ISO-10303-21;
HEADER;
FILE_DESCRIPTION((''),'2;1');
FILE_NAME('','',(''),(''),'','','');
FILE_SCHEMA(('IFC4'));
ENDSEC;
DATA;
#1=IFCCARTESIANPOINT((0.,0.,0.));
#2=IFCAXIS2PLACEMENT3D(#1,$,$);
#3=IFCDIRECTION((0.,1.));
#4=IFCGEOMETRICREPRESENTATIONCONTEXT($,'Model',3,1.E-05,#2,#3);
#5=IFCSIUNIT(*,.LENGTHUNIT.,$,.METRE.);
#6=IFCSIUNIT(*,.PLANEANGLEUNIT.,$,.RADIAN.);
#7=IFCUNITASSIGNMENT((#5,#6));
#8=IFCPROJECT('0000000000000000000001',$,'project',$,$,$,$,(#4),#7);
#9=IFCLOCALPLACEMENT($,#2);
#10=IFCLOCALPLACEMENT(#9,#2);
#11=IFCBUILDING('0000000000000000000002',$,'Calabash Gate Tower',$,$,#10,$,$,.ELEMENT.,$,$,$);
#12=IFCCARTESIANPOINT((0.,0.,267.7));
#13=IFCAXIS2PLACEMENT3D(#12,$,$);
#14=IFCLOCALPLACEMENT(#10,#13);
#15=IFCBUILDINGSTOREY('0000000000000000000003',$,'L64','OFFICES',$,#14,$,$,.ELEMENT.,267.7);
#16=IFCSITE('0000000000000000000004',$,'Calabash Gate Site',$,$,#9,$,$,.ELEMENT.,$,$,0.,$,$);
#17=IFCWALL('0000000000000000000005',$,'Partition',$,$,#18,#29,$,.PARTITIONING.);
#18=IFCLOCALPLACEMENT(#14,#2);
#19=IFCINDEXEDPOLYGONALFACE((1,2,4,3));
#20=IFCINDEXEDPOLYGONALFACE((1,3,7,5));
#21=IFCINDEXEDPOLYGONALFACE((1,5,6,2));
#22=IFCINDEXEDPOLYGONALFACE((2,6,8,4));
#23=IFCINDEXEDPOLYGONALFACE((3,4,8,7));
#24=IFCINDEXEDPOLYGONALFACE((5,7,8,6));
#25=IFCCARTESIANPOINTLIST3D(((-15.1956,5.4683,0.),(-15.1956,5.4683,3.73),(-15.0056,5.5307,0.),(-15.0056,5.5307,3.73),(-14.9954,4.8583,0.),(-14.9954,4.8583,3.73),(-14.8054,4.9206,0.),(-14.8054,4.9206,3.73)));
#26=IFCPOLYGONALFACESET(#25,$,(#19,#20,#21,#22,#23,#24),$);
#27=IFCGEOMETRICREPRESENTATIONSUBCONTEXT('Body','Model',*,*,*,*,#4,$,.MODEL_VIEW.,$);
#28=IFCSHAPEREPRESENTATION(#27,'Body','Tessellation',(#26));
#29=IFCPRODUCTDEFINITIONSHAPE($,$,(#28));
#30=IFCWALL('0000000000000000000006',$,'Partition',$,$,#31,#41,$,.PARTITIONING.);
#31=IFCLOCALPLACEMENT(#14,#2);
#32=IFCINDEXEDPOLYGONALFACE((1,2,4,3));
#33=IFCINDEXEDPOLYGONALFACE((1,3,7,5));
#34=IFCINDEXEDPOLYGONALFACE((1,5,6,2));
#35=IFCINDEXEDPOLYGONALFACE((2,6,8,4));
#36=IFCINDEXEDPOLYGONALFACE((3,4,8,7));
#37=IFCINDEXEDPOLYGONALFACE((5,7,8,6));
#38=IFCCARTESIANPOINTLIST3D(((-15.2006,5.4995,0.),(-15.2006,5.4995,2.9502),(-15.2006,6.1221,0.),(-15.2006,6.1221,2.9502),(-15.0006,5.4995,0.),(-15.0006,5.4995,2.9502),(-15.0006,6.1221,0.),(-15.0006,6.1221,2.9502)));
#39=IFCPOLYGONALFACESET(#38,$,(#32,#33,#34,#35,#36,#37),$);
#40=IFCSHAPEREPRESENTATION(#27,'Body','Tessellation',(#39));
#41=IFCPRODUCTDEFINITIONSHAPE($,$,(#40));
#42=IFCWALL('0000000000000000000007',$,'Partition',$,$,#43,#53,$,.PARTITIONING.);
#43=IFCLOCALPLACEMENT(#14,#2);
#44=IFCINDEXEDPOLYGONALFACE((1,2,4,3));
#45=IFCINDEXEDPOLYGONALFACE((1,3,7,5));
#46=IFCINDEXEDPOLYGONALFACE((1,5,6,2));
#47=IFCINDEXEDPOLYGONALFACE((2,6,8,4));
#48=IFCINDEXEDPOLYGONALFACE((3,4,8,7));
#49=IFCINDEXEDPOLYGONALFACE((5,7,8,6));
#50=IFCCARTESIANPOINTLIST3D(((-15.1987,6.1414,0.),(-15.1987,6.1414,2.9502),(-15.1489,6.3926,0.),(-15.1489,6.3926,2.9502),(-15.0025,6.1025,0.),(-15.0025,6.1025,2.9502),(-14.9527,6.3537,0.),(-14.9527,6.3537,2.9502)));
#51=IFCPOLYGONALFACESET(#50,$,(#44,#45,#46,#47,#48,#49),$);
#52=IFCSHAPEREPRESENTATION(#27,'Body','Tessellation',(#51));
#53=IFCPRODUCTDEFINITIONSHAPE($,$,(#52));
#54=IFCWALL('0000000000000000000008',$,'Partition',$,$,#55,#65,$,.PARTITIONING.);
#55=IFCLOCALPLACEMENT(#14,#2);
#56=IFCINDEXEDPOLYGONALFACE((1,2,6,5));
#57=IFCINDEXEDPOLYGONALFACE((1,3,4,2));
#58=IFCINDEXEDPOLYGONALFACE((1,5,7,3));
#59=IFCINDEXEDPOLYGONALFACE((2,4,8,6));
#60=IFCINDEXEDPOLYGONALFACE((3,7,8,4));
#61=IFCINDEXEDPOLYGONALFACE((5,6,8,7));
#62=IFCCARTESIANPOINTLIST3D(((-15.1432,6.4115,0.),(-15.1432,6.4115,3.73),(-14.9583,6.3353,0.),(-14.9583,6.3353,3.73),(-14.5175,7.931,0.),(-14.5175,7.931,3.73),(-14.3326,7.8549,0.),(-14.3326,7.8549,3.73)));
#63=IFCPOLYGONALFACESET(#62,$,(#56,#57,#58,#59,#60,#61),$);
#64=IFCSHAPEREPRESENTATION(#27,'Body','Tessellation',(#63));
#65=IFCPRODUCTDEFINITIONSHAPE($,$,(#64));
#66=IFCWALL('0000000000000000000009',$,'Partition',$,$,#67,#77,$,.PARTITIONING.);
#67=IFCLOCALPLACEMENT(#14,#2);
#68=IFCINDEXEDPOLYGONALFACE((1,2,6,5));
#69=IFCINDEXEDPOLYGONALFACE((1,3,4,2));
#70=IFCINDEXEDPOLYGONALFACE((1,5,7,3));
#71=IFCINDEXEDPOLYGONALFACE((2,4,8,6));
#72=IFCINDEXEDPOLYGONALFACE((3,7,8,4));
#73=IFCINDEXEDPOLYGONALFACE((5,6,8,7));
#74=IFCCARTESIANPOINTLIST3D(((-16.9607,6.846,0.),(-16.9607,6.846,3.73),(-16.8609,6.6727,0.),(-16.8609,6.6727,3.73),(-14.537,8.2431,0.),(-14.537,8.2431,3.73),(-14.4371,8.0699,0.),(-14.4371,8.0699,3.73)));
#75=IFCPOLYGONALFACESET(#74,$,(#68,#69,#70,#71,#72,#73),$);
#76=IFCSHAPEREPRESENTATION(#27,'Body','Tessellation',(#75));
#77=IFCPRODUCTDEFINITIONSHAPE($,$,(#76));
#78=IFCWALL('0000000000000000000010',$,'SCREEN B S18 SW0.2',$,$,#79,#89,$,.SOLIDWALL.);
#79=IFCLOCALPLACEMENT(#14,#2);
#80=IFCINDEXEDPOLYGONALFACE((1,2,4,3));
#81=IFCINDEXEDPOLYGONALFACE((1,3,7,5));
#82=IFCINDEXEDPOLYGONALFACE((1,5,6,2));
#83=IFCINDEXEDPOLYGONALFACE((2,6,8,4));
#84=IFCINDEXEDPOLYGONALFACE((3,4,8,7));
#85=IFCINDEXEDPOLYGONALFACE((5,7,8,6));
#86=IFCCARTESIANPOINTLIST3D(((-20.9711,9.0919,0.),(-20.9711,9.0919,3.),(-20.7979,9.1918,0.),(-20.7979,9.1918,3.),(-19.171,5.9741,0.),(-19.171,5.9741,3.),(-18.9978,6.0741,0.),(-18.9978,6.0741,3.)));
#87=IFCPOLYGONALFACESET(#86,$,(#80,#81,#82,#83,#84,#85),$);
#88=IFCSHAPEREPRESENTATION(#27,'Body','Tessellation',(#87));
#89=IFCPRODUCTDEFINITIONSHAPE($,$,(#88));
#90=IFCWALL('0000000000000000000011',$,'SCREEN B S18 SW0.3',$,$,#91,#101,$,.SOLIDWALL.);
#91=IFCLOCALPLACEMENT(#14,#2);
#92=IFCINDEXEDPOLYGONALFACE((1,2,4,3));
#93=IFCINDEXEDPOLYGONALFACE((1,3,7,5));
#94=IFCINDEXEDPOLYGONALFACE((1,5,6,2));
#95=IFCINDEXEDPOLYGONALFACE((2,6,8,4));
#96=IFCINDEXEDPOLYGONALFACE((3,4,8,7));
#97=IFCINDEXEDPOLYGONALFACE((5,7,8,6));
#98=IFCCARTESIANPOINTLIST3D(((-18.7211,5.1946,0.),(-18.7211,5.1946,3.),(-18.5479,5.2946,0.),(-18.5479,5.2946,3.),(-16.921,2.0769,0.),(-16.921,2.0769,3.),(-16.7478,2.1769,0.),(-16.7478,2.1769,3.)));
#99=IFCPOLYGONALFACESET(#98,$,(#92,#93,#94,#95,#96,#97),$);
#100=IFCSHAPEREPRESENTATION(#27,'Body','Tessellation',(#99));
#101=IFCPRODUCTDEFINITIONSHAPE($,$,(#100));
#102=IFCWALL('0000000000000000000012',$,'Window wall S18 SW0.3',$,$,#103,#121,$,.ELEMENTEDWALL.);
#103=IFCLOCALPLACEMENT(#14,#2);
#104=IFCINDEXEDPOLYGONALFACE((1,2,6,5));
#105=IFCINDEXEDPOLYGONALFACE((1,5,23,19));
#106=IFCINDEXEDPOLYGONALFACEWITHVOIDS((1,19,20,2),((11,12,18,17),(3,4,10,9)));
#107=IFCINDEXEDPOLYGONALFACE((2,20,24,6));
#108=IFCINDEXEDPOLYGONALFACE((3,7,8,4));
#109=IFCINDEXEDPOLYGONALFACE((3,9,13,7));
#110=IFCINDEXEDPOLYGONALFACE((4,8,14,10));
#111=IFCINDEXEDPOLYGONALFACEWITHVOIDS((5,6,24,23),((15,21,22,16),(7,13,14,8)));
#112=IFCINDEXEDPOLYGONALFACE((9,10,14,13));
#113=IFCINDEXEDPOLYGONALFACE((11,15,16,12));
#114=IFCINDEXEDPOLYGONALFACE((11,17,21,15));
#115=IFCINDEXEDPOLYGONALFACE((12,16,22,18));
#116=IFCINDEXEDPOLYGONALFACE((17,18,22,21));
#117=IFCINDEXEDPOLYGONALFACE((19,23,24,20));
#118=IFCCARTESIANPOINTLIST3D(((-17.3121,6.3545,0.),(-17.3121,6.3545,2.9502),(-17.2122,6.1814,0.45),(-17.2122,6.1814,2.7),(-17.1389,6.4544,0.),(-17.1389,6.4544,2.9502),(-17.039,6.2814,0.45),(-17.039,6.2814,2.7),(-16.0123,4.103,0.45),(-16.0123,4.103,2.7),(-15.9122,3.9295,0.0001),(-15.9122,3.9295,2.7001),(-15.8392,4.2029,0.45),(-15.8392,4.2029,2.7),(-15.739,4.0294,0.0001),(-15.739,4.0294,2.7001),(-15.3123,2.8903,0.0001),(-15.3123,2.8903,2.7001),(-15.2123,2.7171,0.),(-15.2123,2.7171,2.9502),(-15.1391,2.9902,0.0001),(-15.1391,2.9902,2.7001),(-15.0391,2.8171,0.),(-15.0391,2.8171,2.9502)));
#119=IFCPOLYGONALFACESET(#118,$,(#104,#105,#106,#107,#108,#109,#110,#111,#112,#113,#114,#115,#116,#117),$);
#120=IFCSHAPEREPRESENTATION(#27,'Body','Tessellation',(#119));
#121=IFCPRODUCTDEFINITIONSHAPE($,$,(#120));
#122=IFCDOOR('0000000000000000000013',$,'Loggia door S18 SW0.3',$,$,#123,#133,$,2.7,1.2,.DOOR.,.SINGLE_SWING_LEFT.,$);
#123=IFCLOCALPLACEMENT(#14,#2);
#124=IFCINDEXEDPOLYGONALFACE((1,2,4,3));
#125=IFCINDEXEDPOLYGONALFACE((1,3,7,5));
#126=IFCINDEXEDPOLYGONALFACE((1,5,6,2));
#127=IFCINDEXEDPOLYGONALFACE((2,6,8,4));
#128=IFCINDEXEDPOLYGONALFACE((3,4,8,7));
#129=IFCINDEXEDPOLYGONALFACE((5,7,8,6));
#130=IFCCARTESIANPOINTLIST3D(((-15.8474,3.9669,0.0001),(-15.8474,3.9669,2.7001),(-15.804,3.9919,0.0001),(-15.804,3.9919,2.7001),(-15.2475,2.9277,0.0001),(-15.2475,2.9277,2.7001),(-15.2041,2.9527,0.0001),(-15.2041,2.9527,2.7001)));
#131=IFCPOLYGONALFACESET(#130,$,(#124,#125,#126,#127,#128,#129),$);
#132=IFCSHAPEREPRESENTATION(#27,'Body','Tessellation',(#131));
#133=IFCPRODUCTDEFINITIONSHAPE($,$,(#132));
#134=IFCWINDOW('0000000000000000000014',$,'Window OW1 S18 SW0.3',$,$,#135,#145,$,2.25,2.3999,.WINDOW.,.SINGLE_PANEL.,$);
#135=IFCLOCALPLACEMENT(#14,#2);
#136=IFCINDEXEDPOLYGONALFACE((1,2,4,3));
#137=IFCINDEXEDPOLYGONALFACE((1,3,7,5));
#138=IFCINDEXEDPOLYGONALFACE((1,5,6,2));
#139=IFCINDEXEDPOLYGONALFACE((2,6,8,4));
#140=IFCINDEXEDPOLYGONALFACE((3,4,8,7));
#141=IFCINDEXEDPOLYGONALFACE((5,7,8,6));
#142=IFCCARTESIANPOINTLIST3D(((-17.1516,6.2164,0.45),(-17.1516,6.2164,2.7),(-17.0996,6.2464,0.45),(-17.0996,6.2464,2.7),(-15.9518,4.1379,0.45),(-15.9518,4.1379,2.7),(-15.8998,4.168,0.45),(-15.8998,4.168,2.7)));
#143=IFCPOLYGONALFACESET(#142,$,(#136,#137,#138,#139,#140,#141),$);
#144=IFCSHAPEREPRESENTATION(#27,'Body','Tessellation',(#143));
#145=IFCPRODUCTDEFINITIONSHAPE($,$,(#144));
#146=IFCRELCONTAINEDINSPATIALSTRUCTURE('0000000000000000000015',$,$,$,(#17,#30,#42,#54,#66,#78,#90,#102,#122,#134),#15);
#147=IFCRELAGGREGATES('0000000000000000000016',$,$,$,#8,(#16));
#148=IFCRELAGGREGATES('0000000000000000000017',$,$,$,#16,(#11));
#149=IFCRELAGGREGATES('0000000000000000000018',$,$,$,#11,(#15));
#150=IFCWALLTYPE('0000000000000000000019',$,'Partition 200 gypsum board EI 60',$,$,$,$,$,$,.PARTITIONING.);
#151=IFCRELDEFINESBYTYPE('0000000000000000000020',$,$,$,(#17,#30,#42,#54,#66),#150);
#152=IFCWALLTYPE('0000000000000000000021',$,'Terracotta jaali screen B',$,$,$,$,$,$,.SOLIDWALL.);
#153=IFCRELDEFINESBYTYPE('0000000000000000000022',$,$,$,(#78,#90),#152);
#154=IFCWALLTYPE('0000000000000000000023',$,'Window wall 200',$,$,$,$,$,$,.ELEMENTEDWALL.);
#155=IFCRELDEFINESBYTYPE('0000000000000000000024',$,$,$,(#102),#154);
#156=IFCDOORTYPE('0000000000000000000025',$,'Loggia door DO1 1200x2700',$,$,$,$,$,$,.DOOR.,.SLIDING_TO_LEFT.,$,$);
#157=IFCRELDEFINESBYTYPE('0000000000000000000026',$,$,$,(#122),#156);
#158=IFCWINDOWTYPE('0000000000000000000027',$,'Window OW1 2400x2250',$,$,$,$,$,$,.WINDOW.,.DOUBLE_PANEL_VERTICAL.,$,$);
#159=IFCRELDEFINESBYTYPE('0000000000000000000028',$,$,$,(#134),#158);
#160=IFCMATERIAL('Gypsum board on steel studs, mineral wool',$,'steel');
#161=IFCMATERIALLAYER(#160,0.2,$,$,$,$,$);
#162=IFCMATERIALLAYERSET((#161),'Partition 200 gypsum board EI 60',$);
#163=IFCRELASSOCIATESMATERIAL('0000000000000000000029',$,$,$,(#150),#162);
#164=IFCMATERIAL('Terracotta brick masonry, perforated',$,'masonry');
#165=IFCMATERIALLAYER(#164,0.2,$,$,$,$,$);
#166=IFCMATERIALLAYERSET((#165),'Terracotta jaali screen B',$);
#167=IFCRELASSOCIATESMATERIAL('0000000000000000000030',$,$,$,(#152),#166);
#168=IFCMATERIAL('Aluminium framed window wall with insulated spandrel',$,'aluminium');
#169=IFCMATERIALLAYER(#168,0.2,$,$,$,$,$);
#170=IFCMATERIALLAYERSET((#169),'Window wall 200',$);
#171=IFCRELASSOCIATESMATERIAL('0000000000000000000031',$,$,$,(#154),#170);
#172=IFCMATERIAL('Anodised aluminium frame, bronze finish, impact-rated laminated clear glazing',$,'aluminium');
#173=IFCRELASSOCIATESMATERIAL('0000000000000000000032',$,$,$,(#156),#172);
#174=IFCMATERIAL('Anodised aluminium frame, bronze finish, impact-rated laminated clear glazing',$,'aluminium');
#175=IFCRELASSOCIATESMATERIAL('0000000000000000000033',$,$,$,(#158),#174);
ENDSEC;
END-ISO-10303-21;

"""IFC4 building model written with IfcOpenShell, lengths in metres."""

from ifc_helpers import new_model, si_unit, direction, frame, frame_2d, origin, place, context, subcontext, project, spatial, rectangle, extrude, material, layer, layer_set, type_object, element, fill, save


model = new_model("IFC4")

# Units and contexts
model_context = context("Model", 3, precision=1e-05, world=origin(), true_north=direction((0.0, 1.0)))
body_context = subcontext(model_context, "Body", "Model", "MODEL_VIEW")
ifc_project = project(units=[si_unit("LENGTHUNIT", "METRE"), si_unit("PLANEANGLEUNIT", "RADIAN")], contexts=[model_context])

# Site, building, storey
site_placement = place(None, origin())
site = spatial("IfcSite", under=ifc_project, at=site_placement, Name="Calabash Gate Site", CompositionType="ELEMENT", RefElevation=0.0)
building_placement = place(site_placement, origin())
building = spatial("IfcBuilding", under=site, at=building_placement, Name="Calabash Gate Tower", CompositionType="ELEMENT")
storey_placement = place(building_placement, frame((0.0, 0.0, 267.7)))
storey = spatial("IfcBuildingStorey", under=building, at=storey_placement, Name="L64", Description="OFFICES", CompositionType="ELEMENT", Elevation=267.7)

# Walls
ifc_material_1 = material(Name="Gypsum board on steel studs, mineral wool", Category="steel")
ifc_layer_1 = layer(ifc_material_1, 0.2)
ifc_layer_set_1 = layer_set([ifc_layer_1], Name="Partition 200 gypsum board EI 60")
wall_type_1 = type_object("IfcWallType", Name="Partition 200 gypsum board EI 60", PredefinedType="PARTITIONING", material=ifc_layer_set_1)
wall_1_placement = place(storey_placement, frame((-15.1006, 5.4995, 0.0), z_axis=(0.0, 0.0, 1.0), x_axis=(0.311776, -0.950156, 0.0)))
element("IfcWall", 1, at=wall_1_placement, inside=storey, type_object=wall_type_1, Name="Partition", PredefinedType="PARTITIONING", context=body_context, shape_type="SweptSolid", body=[
    extrude(rectangle(XDim=0.6421, YDim=0.2, at=frame_2d((0.321, 0.0))), origin(), (0.0, 0.0, 1.0), 3.73),
])
wall_2_placement = place(storey_placement, frame((-15.1006, 5.4995, 0.0), z_axis=(0.0, 0.0, 1.0), x_axis=(0.0, 1.0, 0.0)))
element("IfcWall", 2, at=wall_2_placement, inside=storey, type_object=wall_type_1, Name="Partition", PredefinedType="PARTITIONING", context=body_context, shape_type="SweptSolid", body=[
    extrude(rectangle(XDim=0.6226, YDim=0.2, at=frame_2d((0.3113, 0.0))), origin(), (0.0, 0.0, 1.0), 2.9502),
])
wall_3_placement = place(storey_placement, frame((-15.1006, 6.1221, 0.0), z_axis=(0.0, 0.0, 1.0), x_axis=(0.194466, 0.980909, 0.0)))
element("IfcWall", 3, at=wall_3_placement, inside=storey, type_object=wall_type_1, Name="Partition", PredefinedType="PARTITIONING", context=body_context, shape_type="SweptSolid", body=[
    extrude(rectangle(XDim=0.2561, YDim=0.2, at=frame_2d((0.1279, 0.0))), origin(), (0.0, 0.0, 1.0), 2.9502),
])
wall_4_placement = place(storey_placement, frame((-15.0508, 6.3733, 0.0), z_axis=(0.0, 0.0, 1.0), x_axis=(0.380772, 0.924669, 0.0)))
element("IfcWall", 4, at=wall_4_placement, inside=storey, type_object=wall_type_1, Name="Partition", PredefinedType="PARTITIONING", context=body_context, shape_type="SweptSolid", body=[
    extrude(rectangle(XDim=1.6433, YDim=0.2, at=frame_2d((0.8218, 0.0))), origin(), (0.0, 0.0, 1.0), 3.73),
])
wall_5_placement = place(storey_placement, frame((-16.9109, 6.7593, 0.0), z_axis=(0.0, 0.0, 1.0), x_axis=(0.866363, 0.499415, 0.0)))
element("IfcWall", 5, at=wall_5_placement, inside=storey, type_object=wall_type_1, Name="Partition", PredefinedType="PARTITIONING", context=body_context, shape_type="SweptSolid", body=[
    extrude(rectangle(XDim=2.7976, YDim=0.2, at=frame_2d((1.3989, 0.0))), origin(), (0.0, 0.0, 1.0), 3.73),
])

# Walls
ifc_material_2 = material(Name="Terracotta brick masonry, perforated", Category="masonry")
ifc_layer_2 = layer(ifc_material_2, 0.2)
ifc_layer_set_2 = layer_set([ifc_layer_2], Name="Terracotta jaali screen B")
wall_type_2 = type_object("IfcWallType", Name="Terracotta jaali screen B", PredefinedType="SOLIDWALL", material=ifc_layer_set_2)
for number, where, z_axis, x_axis, name in (
    (6, (-20.8845, 9.1418, 0.0), (0.0, 0.0, 1.0), (0.500012, -0.866018, 0.0), "SCREEN B S18 SW0.2"),
    (7, (-18.6345, 5.2446, 0.0), (0.0, 0.0, 1.0), (0.500012, -0.866018, 0.0), "SCREEN B S18 SW0.3"),
):
    element("IfcWall", number, at=place(storey_placement, frame(where, z_axis=z_axis, x_axis=x_axis)), inside=storey, type_object=wall_type_2, Name=name, PredefinedType="SOLIDWALL", context=body_context, shape_type="SweptSolid", body=[
        extrude(rectangle(XDim=3.6001, YDim=0.2, at=frame_2d((1.8, 0.0))), origin(), (0.0, 0.0, 1.0), 3.0),
    ])

# Wall, openings, door, window
ifc_material_3 = material(Name="Aluminium framed window wall with insulated spandrel", Category="aluminium")
ifc_layer_3 = layer(ifc_material_3, 0.2)
ifc_layer_set_3 = layer_set([ifc_layer_3], Name="Window wall 200")
wall_type_3 = type_object("IfcWallType", Name="Window wall 200", PredefinedType="ELEMENTEDWALL", material=ifc_layer_set_3)
wall_6_placement = place(storey_placement, frame((-17.2256, 6.4045, 0.0), z_axis=(0.0, 0.0, 1.0), x_axis=(0.499959, -0.866049, 0.0)))
wall_6 = element("IfcWall", 8, at=wall_6_placement, inside=storey, type_object=wall_type_3, Name="Window wall S18 SW0.3", PredefinedType="ELEMENTEDWALL", context=body_context, shape_type="SweptSolid", body=[
    extrude(rectangle(XDim=4.2, YDim=0.2, at=frame_2d((2.1001, 0.0))), origin(), (0.0, 0.0, 1.0), 2.9502),
])
opening_1_placement = place(wall_6_placement, frame((0.2, 0.0, 0.45)))
opening_1 = element("IfcOpeningElement", 9, at=opening_1_placement, cuts=wall_6, PredefinedType="OPENING", context=body_context, shape_type="SweptSolid", body=[
    extrude(rectangle(XDim=2.3999, YDim=2.25, at=frame_2d((1.2, 1.125))), frame((0.0, 0.1099, 0.0), z_axis=(0.0, -1.0, 0.0), x_axis=(1.0, 0.0, 0.0)), (0.0, 0.0, 1.0), 0.22),
])
opening_2_placement = place(wall_6_placement, frame((2.8, 0.0, 0.0)))
opening_2 = element("IfcOpeningElement", 10, at=opening_2_placement, cuts=wall_6, PredefinedType="OPENING", context=body_context, shape_type="SweptSolid", body=[
    extrude(rectangle(XDim=1.2, YDim=2.7, at=frame_2d((0.6001, 1.3501))), frame((0.0, 0.1099, 0.0), z_axis=(0.0, -1.0, 0.0), x_axis=(1.0, 0.0, 0.0)), (0.0, 0.0, 1.0), 0.22),
])
ifc_material_4 = material(Name="Anodised aluminium frame, bronze finish, impact-rated laminated clear glazing", Category="aluminium")
door_type_1 = type_object("IfcDoorType", Name="Loggia door DO1 1200x2700", OperationType="SLIDING_TO_LEFT", PredefinedType="DOOR", material=ifc_material_4)
door_1_placement = place(opening_2_placement, origin())
door_1 = element("IfcDoor", 11, at=door_1_placement, inside=storey, type_object=door_type_1, Name="Loggia door S18 SW0.3", OperationType="SINGLE_SWING_LEFT", OverallHeight=2.7, OverallWidth=1.2, PredefinedType="DOOR", context=body_context, shape_type="SweptSolid", body=[
    extrude(rectangle(XDim=1.2, YDim=2.7, at=frame_2d((0.6001, 1.3501))), frame((0.0, 0.0249, 0.0), z_axis=(0.0, -1.0, 0.0), x_axis=(1.0, 0.0, 0.0)), (0.0, 0.0, 1.0), 0.05),
])
fill(opening_2, door_1)
ifc_material_5 = material(Name="Anodised aluminium frame, bronze finish, impact-rated laminated clear glazing", Category="aluminium")
window_type = type_object("IfcWindowType", Name="Window OW1 2400x2250", PartitioningType="DOUBLE_PANEL_VERTICAL", PredefinedType="WINDOW", material=ifc_material_5)
window_placement = place(opening_1_placement, origin())
window = element("IfcWindow", 12, at=window_placement, inside=storey, type_object=window_type, Name="Window OW1 S18 SW0.3", OverallHeight=2.25, OverallWidth=2.3999, PartitioningType="SINGLE_PANEL", PredefinedType="WINDOW", context=body_context, shape_type="SweptSolid", body=[
    extrude(rectangle(XDim=2.3999, YDim=2.25, at=frame_2d((1.2, 1.125))), frame((0.0, 0.03, 0.0), z_axis=(0.0, -1.0, 0.0), x_axis=(1.0, 0.0, 0.0)), (0.0, 0.0, 1.0), 0.0601),
])
fill(opening_1, window)

save(model, "model.ifc")
